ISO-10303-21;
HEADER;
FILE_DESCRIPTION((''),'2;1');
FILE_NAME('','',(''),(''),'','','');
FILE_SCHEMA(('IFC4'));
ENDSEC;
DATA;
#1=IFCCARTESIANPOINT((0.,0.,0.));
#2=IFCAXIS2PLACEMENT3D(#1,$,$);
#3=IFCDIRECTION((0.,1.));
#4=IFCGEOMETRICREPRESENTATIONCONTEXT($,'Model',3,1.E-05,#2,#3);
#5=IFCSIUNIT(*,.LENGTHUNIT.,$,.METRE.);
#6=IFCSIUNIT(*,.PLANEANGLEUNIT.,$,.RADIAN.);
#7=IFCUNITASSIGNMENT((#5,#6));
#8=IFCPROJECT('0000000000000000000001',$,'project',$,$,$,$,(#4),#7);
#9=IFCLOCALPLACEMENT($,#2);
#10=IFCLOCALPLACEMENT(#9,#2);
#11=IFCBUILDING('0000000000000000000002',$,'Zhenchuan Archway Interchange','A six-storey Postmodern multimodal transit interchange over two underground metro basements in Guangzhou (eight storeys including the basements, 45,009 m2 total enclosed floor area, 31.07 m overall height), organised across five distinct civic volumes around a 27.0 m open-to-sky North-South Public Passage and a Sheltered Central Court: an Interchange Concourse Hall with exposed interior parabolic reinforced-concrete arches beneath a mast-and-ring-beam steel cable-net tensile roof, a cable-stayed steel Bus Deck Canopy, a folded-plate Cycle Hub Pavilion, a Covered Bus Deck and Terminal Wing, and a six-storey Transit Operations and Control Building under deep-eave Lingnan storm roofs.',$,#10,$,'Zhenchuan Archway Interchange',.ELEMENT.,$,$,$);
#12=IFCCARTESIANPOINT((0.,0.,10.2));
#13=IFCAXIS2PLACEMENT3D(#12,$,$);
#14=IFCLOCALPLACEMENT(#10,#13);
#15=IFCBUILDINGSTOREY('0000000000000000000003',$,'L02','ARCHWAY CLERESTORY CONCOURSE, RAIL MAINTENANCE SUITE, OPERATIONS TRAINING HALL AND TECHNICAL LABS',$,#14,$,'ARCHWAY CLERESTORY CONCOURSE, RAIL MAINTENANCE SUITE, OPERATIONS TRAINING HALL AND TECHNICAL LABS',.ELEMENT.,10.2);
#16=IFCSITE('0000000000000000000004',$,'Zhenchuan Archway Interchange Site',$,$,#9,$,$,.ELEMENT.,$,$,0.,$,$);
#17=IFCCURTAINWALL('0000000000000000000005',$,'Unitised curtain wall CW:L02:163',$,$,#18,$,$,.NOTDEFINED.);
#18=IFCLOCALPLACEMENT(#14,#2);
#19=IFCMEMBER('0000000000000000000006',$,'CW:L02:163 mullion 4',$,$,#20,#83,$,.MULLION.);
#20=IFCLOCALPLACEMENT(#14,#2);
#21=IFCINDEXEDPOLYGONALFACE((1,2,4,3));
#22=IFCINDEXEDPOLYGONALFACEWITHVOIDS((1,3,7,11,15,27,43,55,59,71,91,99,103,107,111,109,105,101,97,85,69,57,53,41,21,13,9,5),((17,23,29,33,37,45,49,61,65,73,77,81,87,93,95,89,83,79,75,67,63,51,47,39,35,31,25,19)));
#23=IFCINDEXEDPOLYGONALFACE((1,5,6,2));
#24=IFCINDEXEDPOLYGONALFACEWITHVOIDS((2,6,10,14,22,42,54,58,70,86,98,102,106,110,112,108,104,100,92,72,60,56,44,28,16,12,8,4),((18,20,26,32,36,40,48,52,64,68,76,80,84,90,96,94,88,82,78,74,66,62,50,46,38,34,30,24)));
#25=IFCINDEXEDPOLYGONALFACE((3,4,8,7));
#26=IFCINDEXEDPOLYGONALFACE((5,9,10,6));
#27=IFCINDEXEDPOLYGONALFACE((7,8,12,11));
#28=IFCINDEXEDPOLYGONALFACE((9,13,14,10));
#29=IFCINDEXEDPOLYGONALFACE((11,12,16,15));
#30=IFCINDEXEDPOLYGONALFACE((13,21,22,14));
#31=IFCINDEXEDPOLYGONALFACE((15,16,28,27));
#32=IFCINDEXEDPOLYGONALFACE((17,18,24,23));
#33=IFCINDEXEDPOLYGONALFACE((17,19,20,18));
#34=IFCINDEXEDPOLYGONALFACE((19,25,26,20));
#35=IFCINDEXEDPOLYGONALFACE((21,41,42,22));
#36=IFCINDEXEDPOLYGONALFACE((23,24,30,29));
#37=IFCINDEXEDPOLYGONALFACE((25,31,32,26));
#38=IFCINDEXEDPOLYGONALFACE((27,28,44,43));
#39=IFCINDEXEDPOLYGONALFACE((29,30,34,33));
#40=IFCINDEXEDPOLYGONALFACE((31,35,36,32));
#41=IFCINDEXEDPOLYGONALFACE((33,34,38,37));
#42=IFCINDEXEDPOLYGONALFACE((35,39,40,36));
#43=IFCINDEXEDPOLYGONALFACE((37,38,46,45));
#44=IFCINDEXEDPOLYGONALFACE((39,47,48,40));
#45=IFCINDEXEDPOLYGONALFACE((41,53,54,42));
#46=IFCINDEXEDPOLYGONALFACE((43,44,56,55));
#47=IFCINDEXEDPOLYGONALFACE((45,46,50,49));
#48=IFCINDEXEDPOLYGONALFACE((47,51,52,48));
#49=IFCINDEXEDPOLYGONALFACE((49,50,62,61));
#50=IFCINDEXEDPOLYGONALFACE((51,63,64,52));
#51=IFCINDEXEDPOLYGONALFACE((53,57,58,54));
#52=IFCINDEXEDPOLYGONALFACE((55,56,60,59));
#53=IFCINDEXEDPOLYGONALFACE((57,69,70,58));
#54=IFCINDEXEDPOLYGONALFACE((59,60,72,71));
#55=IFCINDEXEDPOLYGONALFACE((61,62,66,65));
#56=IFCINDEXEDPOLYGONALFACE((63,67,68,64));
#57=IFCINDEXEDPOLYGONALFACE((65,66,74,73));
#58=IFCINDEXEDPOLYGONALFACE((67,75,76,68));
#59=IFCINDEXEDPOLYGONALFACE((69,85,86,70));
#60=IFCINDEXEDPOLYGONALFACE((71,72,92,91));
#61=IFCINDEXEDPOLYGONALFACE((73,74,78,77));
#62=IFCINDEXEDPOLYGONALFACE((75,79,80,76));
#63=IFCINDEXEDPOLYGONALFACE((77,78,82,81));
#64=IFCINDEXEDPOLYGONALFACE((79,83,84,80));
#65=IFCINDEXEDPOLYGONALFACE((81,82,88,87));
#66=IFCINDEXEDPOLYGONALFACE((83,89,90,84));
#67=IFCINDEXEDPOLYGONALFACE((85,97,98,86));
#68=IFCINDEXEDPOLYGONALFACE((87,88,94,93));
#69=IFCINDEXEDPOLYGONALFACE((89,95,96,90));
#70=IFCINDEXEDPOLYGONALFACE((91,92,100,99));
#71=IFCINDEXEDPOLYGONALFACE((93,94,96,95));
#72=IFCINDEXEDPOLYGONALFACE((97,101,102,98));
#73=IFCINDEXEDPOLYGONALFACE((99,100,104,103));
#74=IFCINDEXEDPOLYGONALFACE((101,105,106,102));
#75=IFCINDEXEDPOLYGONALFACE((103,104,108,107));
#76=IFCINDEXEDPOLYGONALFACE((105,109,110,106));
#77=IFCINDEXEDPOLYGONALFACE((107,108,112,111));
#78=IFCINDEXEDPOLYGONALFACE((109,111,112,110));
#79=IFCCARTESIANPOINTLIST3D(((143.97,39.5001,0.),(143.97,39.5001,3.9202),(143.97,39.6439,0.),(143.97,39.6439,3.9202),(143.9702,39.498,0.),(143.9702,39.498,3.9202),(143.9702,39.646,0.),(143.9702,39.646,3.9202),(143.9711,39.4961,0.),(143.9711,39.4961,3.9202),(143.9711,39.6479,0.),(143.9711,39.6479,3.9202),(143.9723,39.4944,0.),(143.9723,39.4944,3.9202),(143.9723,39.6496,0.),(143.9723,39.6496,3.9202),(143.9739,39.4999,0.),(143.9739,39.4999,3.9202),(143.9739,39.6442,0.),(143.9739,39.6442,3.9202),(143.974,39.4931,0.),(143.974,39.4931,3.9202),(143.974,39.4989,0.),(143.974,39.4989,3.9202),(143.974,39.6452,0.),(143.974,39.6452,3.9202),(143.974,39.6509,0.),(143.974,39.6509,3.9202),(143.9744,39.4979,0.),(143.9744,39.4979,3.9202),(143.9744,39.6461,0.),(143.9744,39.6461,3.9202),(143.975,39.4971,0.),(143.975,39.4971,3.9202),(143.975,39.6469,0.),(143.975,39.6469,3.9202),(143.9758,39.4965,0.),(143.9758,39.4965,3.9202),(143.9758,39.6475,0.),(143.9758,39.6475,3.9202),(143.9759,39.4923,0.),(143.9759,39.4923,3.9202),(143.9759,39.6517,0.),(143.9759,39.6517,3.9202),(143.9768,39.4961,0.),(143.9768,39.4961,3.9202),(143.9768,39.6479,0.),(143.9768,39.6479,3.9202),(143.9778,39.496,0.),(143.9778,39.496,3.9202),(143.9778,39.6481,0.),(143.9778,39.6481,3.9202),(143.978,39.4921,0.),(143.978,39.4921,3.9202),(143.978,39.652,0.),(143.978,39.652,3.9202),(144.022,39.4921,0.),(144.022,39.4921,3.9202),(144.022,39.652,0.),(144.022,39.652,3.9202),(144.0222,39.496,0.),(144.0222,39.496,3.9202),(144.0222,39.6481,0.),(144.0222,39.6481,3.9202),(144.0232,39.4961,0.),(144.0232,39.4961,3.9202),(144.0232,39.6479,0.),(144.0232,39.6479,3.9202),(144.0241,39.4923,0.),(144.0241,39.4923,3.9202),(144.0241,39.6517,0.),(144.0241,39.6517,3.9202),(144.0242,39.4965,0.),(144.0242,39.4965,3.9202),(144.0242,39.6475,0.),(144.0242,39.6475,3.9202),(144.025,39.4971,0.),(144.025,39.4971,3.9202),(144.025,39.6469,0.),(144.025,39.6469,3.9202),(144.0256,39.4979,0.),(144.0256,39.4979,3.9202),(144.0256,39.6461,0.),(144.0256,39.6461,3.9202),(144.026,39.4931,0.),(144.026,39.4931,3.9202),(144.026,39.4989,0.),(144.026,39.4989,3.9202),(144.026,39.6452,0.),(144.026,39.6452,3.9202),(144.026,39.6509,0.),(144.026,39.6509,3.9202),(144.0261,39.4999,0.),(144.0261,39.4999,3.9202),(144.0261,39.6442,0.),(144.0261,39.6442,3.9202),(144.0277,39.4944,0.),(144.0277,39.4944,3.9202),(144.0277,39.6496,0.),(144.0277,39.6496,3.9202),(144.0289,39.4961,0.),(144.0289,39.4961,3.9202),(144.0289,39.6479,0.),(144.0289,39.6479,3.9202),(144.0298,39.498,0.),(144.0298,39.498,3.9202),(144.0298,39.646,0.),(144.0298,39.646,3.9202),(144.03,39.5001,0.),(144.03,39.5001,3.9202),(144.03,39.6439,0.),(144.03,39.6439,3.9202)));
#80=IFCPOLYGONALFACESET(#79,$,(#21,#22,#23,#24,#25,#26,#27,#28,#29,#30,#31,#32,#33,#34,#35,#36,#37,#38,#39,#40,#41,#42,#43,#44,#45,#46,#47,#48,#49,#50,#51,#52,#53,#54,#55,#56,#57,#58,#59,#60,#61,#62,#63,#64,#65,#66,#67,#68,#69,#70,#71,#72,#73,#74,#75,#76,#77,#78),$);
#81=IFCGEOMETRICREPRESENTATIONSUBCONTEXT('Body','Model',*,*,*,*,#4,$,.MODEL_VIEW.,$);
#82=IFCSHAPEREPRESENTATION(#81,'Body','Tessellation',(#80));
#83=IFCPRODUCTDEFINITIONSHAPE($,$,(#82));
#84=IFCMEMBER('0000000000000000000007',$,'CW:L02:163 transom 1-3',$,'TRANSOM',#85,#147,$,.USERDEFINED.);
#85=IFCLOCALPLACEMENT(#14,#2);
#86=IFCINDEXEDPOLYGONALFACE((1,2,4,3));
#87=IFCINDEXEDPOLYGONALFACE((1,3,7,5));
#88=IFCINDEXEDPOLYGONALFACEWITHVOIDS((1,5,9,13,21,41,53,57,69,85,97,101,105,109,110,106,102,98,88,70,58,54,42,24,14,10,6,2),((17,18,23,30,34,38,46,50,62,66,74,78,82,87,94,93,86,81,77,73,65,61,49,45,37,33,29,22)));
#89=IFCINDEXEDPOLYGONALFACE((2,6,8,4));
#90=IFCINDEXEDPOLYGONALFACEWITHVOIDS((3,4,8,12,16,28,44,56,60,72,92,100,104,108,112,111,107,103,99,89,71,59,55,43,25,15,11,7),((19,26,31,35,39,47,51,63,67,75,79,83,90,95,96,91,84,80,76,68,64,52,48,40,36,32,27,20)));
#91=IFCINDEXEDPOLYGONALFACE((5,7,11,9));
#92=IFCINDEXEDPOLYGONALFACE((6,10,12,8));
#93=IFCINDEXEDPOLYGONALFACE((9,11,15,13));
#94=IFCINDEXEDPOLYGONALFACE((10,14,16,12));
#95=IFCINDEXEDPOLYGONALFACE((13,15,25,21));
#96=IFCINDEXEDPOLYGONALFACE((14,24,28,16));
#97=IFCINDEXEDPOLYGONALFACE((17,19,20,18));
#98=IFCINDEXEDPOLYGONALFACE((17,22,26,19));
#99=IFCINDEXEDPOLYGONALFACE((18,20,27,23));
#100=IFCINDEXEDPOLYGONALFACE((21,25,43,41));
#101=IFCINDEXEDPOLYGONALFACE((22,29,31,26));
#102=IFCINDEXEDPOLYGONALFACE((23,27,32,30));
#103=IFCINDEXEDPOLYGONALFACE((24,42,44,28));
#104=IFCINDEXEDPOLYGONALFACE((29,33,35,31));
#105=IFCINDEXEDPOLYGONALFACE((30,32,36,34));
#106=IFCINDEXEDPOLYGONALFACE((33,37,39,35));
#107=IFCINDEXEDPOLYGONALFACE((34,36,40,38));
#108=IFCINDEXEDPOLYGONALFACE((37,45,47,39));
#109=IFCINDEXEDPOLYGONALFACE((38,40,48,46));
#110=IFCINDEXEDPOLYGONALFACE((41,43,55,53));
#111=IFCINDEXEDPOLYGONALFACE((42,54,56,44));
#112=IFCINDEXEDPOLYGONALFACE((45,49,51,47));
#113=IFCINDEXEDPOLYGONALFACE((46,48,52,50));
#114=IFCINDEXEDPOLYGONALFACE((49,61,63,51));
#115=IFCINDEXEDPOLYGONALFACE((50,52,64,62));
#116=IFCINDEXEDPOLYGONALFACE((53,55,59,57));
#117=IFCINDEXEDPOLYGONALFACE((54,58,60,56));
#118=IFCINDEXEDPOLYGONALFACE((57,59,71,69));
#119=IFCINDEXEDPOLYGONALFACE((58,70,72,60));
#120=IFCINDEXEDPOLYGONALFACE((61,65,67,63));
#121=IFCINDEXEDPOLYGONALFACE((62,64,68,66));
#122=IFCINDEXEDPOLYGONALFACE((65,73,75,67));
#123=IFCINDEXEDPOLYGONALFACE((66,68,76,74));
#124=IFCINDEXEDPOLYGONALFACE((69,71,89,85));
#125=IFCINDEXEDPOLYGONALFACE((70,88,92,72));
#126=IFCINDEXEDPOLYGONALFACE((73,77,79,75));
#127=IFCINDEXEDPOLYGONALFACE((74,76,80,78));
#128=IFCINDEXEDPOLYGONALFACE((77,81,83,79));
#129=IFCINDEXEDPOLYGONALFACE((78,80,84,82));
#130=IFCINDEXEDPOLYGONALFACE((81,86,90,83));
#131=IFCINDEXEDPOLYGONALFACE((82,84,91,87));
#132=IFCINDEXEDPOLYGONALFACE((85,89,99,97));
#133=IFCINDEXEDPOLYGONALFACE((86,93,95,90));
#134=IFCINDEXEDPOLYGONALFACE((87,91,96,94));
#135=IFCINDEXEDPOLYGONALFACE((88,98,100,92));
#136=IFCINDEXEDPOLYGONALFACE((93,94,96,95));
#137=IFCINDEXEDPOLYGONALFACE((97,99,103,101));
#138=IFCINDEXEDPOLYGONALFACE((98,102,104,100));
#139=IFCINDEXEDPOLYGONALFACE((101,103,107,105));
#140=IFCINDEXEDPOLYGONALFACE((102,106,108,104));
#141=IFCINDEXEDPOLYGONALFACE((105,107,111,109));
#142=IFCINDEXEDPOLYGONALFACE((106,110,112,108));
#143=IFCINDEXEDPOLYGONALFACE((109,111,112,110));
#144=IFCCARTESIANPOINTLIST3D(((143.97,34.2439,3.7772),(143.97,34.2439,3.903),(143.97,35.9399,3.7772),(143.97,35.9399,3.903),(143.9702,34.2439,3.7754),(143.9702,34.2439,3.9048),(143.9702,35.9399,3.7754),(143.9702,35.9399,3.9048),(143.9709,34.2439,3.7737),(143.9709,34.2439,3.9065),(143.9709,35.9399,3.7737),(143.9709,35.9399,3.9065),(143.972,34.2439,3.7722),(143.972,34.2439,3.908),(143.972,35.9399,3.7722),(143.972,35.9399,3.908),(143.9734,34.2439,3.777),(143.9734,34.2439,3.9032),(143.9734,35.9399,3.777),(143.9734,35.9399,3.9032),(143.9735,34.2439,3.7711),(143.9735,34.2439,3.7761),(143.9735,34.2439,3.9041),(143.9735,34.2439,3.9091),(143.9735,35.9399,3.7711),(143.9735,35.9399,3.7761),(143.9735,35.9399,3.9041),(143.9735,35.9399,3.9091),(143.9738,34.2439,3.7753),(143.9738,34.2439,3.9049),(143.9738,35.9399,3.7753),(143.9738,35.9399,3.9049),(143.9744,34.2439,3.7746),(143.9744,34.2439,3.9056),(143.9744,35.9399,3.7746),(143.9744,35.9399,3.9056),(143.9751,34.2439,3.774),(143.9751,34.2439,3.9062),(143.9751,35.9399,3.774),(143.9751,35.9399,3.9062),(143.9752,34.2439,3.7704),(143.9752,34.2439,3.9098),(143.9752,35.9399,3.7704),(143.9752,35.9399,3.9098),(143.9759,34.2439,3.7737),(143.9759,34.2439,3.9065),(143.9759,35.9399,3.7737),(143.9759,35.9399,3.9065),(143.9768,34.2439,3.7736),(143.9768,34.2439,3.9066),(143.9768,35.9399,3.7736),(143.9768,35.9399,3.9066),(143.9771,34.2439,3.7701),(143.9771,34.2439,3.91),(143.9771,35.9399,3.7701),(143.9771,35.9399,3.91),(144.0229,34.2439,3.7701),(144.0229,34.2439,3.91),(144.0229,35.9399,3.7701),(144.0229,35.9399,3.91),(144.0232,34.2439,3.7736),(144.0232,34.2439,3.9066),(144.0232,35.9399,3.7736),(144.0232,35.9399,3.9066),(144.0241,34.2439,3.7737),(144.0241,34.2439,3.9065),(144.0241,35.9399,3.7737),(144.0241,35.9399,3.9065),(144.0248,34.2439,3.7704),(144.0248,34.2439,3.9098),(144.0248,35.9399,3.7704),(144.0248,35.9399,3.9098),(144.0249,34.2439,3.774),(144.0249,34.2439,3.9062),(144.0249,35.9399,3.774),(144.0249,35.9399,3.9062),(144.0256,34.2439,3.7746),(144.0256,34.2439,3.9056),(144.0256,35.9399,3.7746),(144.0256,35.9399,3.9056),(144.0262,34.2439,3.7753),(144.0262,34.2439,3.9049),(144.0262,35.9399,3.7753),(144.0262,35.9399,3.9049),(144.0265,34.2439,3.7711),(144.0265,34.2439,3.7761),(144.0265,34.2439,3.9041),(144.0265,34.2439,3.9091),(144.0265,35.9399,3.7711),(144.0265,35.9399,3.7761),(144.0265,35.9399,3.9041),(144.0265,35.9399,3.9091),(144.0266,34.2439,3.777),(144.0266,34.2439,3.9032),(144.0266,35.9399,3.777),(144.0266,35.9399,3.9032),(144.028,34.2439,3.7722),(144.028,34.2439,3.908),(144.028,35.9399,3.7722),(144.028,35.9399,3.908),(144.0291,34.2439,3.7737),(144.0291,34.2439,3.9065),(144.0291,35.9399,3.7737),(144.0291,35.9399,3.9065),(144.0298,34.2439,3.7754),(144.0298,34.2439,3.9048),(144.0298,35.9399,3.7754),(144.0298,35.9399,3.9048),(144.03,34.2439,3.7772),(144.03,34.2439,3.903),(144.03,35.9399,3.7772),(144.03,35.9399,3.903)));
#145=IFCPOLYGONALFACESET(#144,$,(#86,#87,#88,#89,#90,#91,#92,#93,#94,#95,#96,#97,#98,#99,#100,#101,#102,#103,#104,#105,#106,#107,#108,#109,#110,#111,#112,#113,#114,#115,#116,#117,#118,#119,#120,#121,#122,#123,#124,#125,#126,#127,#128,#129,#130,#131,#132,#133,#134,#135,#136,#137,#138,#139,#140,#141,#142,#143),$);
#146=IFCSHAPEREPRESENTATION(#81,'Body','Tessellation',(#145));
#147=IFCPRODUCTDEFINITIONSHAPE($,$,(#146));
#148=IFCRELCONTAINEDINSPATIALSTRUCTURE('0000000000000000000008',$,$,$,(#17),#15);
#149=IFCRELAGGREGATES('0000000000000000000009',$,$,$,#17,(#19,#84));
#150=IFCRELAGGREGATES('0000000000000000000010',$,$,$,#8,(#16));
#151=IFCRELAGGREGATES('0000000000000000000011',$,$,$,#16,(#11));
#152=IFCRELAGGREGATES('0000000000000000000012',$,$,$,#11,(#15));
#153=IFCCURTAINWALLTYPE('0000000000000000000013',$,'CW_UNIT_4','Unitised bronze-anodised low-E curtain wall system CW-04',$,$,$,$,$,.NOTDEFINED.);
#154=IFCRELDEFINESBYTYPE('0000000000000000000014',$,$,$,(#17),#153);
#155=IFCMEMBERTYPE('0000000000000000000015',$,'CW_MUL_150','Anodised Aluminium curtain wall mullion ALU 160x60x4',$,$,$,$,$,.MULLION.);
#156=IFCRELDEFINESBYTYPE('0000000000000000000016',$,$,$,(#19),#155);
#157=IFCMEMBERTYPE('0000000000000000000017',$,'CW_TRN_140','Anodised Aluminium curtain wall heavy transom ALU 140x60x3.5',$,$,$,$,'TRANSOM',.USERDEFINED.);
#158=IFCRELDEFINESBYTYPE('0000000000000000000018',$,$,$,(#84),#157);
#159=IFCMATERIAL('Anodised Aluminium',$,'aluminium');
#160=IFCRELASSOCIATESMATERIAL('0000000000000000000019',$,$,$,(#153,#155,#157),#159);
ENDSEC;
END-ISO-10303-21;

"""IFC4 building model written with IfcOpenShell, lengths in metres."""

from ifc_helpers import new_model, si_unit, direction, frame, origin, origin_2d, place, context, subcontext, project, spatial, hollow_rectangle, extrude, material, material_profile, profile_set, type_object, element, aggregate, save


model = new_model("IFC4")

# Units and contexts
model_context = context("Model", 3, precision=1e-05, world=origin(), true_north=direction((0.0, 1.0)))
body_context = subcontext(model_context, "Body", "Model", "MODEL_VIEW")
ifc_project = project(units=[si_unit("LENGTHUNIT", "METRE"), si_unit("PLANEANGLEUNIT", "RADIAN")], contexts=[model_context])

# Site, building, storey
site_placement = place(None, origin())
site = spatial("IfcSite", under=ifc_project, at=site_placement, Name="Zhenchuan Archway Interchange Site", CompositionType="ELEMENT", RefElevation=0.0)
building_placement = place(site_placement, origin())
building = spatial("IfcBuilding", under=site, at=building_placement, Name="Zhenchuan Archway Interchange", Description="A six-storey Postmodern multimodal transit interchange over two underground metro basements in Guangzhou (eight storeys including the basements, 45,009 m2 total enclosed floor area, 31.07 m overall height), organised across five distinct civic volumes around a 27.0 m open-to-sky North-South Public Passage and a Sheltered Central Court: an Interchange Concourse Hall with exposed interior parabolic reinforced-concrete arches beneath a mast-and-ring-beam steel cable-net tensile roof, a cable-stayed steel Bus Deck Canopy, a folded-plate Cycle Hub Pavilion, a Covered Bus Deck and Terminal Wing, and a six-storey Transit Operations and Control Building under deep-eave Lingnan storm roofs.", LongName="Zhenchuan Archway Interchange", CompositionType="ELEMENT")
storey_placement = place(building_placement, frame((0.0, 0.0, 10.2)))
storey = spatial("IfcBuildingStorey", under=building, at=storey_placement, Name="L02", Description="ARCHWAY CLERESTORY CONCOURSE, RAIL MAINTENANCE SUITE, OPERATIONS TRAINING HALL AND TECHNICAL LABS", LongName="ARCHWAY CLERESTORY CONCOURSE, RAIL MAINTENANCE SUITE, OPERATIONS TRAINING HALL AND TECHNICAL LABS", CompositionType="ELEMENT", Elevation=10.2)

# Curtain wall, members
ifc_material_1 = material(Name="Anodised Aluminium", Category="aluminium")
curtain_wall_type = type_object("IfcCurtainWallType", Name="CW_UNIT_4", Description="Unitised bronze-anodised low-E curtain wall system CW-04", PredefinedType="NOTDEFINED", material=ifc_material_1)
curtain_wall_placement = place(storey_placement, origin())
curtain_wall = element("IfcCurtainWall", 1, at=curtain_wall_placement, inside=storey, type_object=curtain_wall_type, Name="Unitised curtain wall CW:L02:163", PredefinedType="NOTDEFINED")
ifc_material_profile_1 = material_profile(ifc_material_1, hollow_rectangle(XDim=0.0601, YDim=0.1599, WallThickness=0.0039, InnerFilletRadius=0.0039, OuterFilletRadius=0.0081, at=origin_2d()), Name="ALU 160x60x4")
ifc_profile_set_1 = profile_set([ifc_material_profile_1], Name="Anodised Aluminium")
member_type_1 = type_object("IfcMemberType", Name="CW_MUL_150", Description="Anodised Aluminium curtain wall mullion ALU 160x60x4", PredefinedType="MULLION", material=ifc_profile_set_1)
member_1_placement = place(storey_placement, frame((144.0, 39.572, 0.0), z_axis=(0.0, 0.0, 1.0), x_axis=(1.0, 0.0, 0.0)))
member_1 = element("IfcMember", 2, at=member_1_placement, type_object=member_type_1, Name="CW:L02:163 mullion 4", PredefinedType="MULLION", context=body_context, shape_type="SweptSolid", body=[
    extrude(hollow_rectangle(XDim=0.0601, YDim=0.1599, WallThickness=0.0039, InnerFilletRadius=0.0039, OuterFilletRadius=0.0081, at=origin_2d()), origin(), (0.0, 0.0, 1.0), 3.9202),
])
ifc_material_profile_2 = material_profile(ifc_material_1, hollow_rectangle(XDim=0.0601, YDim=0.1399, WallThickness=0.0034, InnerFilletRadius=0.0034, OuterFilletRadius=0.0071, at=origin_2d()), Name="ALU 140x60x3.5")
ifc_profile_set_2 = profile_set([ifc_material_profile_2], Name="Anodised Aluminium")
member_type_2 = type_object("IfcMemberType", Name="CW_TRN_140", Description="Anodised Aluminium curtain wall heavy transom ALU 140x60x3.5", ElementType="TRANSOM", PredefinedType="USERDEFINED", material=ifc_profile_set_2)
member_2_placement = place(storey_placement, frame((144.0, 34.2439, 3.8401), z_axis=(0.0, 1.0, 0.0), x_axis=(-1.0, 0.0, 0.0)))
member_2 = element("IfcMember", 3, at=member_2_placement, type_object=member_type_2, Name="CW:L02:163 transom 1-3", ObjectType="TRANSOM", PredefinedType="USERDEFINED", context=body_context, shape_type="SweptSolid", body=[
    extrude(hollow_rectangle(XDim=0.0601, YDim=0.1399, WallThickness=0.0034, InnerFilletRadius=0.0034, OuterFilletRadius=0.0071, at=origin_2d()), origin(), (0.0, 0.0, 1.0), 1.696),
])

aggregate(curtain_wall, [member_1, member_2])

save(model, "model.ifc")
